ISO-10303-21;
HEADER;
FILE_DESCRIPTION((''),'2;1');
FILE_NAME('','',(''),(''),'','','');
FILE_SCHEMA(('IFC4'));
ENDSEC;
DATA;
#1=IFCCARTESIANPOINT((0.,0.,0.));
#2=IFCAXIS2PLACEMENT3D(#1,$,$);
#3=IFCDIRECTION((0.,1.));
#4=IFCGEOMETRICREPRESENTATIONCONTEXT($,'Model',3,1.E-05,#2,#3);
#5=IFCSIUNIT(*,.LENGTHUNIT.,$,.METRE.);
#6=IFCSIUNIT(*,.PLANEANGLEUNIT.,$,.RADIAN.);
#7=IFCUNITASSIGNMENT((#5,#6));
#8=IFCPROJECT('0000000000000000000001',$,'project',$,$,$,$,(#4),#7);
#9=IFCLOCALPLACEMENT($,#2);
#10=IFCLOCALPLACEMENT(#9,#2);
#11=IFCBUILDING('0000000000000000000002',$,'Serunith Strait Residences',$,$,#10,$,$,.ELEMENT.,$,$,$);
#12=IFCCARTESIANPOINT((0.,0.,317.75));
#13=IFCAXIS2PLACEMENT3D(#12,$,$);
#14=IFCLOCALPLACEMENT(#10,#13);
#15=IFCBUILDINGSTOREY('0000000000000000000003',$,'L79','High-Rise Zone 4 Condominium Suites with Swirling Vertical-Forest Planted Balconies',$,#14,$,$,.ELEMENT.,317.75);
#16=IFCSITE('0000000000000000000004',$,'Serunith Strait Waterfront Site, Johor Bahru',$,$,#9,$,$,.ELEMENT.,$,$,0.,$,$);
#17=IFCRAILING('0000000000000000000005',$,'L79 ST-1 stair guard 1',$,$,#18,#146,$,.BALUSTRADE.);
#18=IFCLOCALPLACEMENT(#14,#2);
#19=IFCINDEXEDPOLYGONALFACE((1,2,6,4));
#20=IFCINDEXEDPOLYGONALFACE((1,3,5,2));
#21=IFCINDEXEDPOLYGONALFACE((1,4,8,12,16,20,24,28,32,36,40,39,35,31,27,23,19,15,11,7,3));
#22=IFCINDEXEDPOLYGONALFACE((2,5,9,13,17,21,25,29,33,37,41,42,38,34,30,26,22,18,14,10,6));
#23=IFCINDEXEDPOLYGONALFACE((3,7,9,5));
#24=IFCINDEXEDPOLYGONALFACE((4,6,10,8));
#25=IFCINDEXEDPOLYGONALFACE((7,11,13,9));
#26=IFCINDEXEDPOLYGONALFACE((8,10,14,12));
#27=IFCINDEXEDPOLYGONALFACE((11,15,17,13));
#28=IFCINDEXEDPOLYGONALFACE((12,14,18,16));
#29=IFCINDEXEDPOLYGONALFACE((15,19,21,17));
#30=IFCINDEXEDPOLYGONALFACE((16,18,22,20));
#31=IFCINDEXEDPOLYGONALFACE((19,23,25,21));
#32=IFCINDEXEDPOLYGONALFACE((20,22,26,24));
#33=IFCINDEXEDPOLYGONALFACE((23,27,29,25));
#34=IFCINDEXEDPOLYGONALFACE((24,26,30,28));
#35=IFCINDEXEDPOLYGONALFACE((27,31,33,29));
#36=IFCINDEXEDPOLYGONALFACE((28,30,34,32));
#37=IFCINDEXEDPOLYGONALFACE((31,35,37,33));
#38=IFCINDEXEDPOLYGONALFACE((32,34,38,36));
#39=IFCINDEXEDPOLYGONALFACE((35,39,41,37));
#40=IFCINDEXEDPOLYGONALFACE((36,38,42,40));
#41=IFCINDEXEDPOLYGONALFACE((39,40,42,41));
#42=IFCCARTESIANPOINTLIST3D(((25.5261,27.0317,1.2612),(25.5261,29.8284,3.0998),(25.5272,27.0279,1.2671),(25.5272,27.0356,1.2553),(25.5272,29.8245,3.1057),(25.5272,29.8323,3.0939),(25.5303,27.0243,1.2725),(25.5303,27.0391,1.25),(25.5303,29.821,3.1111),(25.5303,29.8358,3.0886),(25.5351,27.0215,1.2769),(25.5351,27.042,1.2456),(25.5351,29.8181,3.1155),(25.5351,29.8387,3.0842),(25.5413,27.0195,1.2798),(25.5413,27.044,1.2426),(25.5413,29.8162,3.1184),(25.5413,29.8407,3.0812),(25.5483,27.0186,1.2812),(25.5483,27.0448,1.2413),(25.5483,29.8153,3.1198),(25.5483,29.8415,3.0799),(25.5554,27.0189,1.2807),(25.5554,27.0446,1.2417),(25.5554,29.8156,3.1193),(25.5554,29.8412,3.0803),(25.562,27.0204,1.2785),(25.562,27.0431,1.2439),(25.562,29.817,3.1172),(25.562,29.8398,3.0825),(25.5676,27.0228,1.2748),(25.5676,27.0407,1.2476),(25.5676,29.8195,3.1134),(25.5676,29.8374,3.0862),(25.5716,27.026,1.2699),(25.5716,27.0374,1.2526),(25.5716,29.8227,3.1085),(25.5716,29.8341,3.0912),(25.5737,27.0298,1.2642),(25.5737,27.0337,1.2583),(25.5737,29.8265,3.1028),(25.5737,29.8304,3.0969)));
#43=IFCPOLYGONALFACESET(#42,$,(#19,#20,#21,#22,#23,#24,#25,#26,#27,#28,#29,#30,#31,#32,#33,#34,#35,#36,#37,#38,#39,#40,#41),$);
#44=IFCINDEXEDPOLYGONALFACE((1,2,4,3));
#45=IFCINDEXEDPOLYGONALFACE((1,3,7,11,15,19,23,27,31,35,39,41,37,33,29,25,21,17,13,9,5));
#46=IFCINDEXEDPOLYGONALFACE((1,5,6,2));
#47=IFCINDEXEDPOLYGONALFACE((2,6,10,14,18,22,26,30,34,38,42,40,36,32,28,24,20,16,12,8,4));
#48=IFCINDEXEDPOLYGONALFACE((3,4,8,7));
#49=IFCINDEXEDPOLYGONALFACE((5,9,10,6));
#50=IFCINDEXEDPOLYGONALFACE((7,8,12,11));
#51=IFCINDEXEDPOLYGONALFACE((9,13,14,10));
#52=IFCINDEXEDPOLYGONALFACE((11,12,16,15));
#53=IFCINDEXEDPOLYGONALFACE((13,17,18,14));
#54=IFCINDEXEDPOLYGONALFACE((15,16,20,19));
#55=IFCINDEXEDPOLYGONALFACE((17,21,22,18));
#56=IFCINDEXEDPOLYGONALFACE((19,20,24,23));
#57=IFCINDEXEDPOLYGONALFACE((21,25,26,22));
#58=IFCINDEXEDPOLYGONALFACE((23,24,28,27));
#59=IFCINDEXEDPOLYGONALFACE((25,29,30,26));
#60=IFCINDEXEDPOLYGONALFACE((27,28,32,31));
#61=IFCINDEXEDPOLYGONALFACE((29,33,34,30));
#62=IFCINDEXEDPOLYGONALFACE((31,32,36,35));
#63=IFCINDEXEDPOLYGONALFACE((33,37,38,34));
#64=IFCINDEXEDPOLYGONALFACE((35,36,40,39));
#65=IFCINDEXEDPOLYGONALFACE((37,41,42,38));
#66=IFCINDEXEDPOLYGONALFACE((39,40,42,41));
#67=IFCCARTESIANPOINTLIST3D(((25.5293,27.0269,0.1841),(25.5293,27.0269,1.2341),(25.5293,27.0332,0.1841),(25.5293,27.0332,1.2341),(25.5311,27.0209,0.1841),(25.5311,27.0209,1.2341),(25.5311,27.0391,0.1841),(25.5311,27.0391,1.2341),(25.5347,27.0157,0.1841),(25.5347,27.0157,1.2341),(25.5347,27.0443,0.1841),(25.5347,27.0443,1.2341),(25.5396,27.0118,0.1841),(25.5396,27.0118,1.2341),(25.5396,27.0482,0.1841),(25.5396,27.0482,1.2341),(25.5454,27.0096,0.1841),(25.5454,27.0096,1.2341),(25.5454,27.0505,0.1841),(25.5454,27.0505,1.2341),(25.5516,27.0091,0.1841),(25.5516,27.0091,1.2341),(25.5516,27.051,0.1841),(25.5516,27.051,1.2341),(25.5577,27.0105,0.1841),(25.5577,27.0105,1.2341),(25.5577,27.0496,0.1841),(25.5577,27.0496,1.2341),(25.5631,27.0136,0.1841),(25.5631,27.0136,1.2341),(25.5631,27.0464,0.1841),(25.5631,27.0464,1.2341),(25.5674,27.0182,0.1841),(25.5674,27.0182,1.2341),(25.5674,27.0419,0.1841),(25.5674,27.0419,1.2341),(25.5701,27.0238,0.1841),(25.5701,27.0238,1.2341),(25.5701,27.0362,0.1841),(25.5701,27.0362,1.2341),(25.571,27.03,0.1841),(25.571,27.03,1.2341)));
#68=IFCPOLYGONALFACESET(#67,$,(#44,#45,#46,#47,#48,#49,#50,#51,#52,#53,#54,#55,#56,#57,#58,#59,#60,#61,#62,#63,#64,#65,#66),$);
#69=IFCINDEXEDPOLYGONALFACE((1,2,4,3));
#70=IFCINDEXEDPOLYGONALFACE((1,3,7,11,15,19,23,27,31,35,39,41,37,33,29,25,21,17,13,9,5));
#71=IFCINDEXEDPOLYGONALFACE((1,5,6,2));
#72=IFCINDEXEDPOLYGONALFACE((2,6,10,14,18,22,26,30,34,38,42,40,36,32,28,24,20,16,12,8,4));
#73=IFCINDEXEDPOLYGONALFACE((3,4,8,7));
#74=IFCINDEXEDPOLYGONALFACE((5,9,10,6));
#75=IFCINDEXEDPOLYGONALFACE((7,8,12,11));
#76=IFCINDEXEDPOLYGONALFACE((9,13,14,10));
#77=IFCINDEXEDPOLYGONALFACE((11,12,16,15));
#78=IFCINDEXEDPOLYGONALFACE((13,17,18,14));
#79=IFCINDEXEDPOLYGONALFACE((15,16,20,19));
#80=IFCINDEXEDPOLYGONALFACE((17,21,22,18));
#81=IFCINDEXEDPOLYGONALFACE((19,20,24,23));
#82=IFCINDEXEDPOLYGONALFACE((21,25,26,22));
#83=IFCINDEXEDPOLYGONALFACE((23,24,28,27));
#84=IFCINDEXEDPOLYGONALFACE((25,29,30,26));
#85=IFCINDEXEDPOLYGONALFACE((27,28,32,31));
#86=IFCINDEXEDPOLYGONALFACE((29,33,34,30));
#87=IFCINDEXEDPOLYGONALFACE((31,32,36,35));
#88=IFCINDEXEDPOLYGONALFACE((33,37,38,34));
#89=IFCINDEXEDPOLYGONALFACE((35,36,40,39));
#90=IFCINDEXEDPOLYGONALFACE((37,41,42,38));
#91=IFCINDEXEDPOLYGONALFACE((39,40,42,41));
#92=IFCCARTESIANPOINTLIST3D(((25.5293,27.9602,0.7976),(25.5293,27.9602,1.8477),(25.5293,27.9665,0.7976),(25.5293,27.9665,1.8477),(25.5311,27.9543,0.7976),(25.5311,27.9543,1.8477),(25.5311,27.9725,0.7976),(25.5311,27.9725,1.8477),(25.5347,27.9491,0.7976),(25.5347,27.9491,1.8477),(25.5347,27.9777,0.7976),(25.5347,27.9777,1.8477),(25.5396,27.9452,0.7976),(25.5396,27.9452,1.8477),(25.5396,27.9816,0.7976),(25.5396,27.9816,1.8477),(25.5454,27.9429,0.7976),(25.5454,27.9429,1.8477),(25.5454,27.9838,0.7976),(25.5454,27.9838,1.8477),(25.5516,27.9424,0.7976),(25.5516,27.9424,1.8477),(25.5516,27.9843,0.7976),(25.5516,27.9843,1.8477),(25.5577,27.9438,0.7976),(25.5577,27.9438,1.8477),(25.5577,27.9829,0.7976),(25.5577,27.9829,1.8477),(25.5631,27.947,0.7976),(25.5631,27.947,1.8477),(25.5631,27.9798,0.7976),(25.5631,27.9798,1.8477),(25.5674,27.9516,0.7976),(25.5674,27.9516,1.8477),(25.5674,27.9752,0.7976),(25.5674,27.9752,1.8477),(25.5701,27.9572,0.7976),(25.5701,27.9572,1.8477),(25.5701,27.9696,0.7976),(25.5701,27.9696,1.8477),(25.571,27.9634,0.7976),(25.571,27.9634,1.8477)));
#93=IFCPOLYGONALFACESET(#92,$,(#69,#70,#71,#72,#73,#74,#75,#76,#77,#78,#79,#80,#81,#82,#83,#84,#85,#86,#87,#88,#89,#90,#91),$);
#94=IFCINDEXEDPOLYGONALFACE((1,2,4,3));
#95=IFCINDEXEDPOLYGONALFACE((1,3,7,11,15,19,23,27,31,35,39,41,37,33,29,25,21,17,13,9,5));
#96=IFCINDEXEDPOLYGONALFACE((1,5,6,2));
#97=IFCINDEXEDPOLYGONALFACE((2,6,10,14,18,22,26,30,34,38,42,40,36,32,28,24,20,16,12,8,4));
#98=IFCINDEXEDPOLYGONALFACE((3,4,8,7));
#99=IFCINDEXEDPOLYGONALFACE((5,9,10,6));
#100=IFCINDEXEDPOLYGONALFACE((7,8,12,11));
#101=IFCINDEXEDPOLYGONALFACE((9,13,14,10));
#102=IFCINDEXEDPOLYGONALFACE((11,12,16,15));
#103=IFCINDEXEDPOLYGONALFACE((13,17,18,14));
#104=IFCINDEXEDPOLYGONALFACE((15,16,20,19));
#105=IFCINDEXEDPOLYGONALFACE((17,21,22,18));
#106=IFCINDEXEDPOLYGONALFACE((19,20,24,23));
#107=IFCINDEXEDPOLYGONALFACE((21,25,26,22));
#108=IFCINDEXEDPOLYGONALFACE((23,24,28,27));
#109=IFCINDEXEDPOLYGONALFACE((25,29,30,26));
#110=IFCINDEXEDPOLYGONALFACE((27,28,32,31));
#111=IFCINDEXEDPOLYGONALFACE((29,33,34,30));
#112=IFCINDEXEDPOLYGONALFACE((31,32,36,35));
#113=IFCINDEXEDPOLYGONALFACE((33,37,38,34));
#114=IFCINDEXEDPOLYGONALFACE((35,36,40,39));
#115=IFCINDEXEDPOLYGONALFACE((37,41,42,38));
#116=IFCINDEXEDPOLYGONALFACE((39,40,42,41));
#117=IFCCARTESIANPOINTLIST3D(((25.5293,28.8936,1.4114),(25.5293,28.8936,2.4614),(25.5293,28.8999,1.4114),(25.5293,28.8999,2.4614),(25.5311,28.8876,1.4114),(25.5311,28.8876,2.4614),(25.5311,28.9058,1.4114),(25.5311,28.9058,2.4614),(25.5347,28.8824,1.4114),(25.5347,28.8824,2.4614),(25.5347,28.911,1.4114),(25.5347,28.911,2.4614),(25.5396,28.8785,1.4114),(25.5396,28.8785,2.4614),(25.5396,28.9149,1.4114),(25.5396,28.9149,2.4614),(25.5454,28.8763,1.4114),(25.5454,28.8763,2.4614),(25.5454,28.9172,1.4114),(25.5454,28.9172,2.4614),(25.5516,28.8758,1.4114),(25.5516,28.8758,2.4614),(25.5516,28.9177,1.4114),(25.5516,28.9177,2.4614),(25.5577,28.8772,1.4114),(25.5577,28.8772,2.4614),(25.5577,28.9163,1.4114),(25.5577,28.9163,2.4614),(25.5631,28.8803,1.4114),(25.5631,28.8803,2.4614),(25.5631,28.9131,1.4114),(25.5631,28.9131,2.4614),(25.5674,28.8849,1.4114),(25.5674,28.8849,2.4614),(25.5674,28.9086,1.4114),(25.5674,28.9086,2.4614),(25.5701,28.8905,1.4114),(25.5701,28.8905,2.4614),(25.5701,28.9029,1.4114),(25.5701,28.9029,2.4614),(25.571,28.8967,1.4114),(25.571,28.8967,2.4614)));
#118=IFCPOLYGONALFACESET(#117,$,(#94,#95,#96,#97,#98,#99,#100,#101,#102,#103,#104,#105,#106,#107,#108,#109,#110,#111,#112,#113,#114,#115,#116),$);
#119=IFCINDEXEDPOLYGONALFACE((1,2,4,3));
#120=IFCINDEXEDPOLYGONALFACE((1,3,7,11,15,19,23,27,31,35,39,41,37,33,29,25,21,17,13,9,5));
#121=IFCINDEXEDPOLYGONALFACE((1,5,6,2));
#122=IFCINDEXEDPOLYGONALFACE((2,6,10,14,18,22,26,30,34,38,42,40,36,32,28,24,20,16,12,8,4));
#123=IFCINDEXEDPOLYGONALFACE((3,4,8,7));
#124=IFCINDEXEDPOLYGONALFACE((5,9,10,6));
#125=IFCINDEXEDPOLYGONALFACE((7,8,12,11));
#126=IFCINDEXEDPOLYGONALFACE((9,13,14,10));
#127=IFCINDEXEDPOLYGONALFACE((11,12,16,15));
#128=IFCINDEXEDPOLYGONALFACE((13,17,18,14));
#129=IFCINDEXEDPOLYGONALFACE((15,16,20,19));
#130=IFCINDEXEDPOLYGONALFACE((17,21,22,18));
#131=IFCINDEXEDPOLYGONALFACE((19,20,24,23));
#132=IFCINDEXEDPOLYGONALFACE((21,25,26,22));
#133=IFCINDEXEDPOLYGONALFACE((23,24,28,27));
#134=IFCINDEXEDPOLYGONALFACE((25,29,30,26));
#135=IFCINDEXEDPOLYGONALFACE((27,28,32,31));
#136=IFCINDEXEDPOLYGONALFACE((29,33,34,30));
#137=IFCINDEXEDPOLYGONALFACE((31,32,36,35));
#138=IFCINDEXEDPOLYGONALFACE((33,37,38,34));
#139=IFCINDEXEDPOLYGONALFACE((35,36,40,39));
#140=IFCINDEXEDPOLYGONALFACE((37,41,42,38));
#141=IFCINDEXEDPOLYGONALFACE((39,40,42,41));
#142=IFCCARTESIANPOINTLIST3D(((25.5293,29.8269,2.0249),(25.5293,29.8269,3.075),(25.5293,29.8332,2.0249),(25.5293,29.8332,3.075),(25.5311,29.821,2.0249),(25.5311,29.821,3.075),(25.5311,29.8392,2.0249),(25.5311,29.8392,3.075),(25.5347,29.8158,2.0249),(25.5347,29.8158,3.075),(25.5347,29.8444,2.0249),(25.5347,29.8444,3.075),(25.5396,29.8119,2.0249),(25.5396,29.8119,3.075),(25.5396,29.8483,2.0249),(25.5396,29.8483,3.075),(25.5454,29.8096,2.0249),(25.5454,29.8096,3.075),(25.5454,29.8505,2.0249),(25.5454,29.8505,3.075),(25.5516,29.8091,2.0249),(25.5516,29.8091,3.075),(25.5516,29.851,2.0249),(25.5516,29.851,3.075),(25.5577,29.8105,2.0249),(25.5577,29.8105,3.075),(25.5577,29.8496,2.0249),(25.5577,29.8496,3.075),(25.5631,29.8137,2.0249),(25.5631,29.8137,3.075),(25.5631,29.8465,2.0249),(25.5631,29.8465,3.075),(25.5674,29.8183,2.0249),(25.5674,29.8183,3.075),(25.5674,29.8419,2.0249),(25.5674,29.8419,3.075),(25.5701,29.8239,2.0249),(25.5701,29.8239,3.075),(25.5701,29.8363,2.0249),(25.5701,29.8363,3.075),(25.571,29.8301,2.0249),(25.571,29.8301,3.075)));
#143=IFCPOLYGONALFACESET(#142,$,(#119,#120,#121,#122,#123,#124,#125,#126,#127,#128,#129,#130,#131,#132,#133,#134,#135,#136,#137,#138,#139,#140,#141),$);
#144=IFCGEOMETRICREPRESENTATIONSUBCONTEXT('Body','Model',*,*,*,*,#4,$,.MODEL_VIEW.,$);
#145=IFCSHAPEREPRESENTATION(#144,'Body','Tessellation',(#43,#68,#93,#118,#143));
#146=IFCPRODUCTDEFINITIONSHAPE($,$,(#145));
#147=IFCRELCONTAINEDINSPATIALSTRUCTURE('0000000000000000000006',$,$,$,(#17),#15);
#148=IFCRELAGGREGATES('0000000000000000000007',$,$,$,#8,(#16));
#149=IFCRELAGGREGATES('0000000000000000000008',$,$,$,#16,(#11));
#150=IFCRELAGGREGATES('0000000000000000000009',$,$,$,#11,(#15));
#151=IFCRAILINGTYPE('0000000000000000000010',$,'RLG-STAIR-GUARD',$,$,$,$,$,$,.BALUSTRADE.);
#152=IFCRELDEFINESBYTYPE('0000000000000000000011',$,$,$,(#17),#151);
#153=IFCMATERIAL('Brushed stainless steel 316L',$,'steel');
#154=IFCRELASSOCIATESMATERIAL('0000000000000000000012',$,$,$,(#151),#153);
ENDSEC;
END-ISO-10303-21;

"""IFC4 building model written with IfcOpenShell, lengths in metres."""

from ifc_helpers import new_model, si_unit, direction, frame, origin, origin_2d, place, context, subcontext, project, spatial, circle, extrude, material, type_object, element, save


model = new_model("IFC4")

# Units and contexts
model_context = context("Model", 3, precision=1e-05, world=origin(), true_north=direction((0.0, 1.0)))
body_context = subcontext(model_context, "Body", "Model", "MODEL_VIEW")
ifc_project = project(units=[si_unit("LENGTHUNIT", "METRE"), si_unit("PLANEANGLEUNIT", "RADIAN")], contexts=[model_context])

# Site, building, storey
site_placement = place(None, origin())
site = spatial("IfcSite", under=ifc_project, at=site_placement, Name="Serunith Strait Waterfront Site, Johor Bahru", CompositionType="ELEMENT", RefElevation=0.0)
building_placement = place(site_placement, origin())
building = spatial("IfcBuilding", under=site, at=building_placement, Name="Serunith Strait Residences", CompositionType="ELEMENT")
storey_placement = place(building_placement, frame((0.0, 0.0, 317.75)))
storey = spatial("IfcBuildingStorey", under=building, at=storey_placement, Name="L79", Description="High-Rise Zone 4 Condominium Suites with Swirling Vertical-Forest Planted Balconies", CompositionType="ELEMENT", Elevation=317.75)

# Railing
ifc_material_1 = material(Name="Brushed stainless steel 316L", Category="steel")
railing_type_1 = type_object("IfcRailingType", Name="RLG-STAIR-GUARD", PredefinedType="BALUSTRADE", material=ifc_material_1)
railing_1_placement = place(storey_placement, frame((25.55, 27.03, 0.1841)))
element("IfcRailing", 1, at=railing_1_placement, inside=storey, type_object=railing_type_1, Name="L79 ST-1 stair guard 1", PredefinedType="BALUSTRADE", context=body_context, shape_type="SweptSolid", body=[
    extrude(circle(Radius=0.0239, at=origin_2d()), frame((0.0, 0.0017, 1.0771), z_axis=(0.0, 0.835598, 0.549342), x_axis=(-1.0, 0.0, 0.0)), (0.0, 0.0, 1.0), 3.3469),
    extrude(circle(Radius=0.021, at=origin_2d()), origin(), (0.0, 0.0, 1.0), 1.05),
    extrude(circle(Radius=0.021, at=origin_2d()), frame((0.0, 0.9333, 0.6135)), (0.0, 0.0, 1.0), 1.05),
    extrude(circle(Radius=0.021, at=origin_2d()), frame((0.0, 1.8667, 1.2273)), (0.0, 0.0, 1.0), 1.05),
    extrude(circle(Radius=0.021, at=origin_2d()), frame((0.0, 2.8, 1.8408)), (0.0, 0.0, 1.0), 1.05),
])

save(model, "model.ifc")
